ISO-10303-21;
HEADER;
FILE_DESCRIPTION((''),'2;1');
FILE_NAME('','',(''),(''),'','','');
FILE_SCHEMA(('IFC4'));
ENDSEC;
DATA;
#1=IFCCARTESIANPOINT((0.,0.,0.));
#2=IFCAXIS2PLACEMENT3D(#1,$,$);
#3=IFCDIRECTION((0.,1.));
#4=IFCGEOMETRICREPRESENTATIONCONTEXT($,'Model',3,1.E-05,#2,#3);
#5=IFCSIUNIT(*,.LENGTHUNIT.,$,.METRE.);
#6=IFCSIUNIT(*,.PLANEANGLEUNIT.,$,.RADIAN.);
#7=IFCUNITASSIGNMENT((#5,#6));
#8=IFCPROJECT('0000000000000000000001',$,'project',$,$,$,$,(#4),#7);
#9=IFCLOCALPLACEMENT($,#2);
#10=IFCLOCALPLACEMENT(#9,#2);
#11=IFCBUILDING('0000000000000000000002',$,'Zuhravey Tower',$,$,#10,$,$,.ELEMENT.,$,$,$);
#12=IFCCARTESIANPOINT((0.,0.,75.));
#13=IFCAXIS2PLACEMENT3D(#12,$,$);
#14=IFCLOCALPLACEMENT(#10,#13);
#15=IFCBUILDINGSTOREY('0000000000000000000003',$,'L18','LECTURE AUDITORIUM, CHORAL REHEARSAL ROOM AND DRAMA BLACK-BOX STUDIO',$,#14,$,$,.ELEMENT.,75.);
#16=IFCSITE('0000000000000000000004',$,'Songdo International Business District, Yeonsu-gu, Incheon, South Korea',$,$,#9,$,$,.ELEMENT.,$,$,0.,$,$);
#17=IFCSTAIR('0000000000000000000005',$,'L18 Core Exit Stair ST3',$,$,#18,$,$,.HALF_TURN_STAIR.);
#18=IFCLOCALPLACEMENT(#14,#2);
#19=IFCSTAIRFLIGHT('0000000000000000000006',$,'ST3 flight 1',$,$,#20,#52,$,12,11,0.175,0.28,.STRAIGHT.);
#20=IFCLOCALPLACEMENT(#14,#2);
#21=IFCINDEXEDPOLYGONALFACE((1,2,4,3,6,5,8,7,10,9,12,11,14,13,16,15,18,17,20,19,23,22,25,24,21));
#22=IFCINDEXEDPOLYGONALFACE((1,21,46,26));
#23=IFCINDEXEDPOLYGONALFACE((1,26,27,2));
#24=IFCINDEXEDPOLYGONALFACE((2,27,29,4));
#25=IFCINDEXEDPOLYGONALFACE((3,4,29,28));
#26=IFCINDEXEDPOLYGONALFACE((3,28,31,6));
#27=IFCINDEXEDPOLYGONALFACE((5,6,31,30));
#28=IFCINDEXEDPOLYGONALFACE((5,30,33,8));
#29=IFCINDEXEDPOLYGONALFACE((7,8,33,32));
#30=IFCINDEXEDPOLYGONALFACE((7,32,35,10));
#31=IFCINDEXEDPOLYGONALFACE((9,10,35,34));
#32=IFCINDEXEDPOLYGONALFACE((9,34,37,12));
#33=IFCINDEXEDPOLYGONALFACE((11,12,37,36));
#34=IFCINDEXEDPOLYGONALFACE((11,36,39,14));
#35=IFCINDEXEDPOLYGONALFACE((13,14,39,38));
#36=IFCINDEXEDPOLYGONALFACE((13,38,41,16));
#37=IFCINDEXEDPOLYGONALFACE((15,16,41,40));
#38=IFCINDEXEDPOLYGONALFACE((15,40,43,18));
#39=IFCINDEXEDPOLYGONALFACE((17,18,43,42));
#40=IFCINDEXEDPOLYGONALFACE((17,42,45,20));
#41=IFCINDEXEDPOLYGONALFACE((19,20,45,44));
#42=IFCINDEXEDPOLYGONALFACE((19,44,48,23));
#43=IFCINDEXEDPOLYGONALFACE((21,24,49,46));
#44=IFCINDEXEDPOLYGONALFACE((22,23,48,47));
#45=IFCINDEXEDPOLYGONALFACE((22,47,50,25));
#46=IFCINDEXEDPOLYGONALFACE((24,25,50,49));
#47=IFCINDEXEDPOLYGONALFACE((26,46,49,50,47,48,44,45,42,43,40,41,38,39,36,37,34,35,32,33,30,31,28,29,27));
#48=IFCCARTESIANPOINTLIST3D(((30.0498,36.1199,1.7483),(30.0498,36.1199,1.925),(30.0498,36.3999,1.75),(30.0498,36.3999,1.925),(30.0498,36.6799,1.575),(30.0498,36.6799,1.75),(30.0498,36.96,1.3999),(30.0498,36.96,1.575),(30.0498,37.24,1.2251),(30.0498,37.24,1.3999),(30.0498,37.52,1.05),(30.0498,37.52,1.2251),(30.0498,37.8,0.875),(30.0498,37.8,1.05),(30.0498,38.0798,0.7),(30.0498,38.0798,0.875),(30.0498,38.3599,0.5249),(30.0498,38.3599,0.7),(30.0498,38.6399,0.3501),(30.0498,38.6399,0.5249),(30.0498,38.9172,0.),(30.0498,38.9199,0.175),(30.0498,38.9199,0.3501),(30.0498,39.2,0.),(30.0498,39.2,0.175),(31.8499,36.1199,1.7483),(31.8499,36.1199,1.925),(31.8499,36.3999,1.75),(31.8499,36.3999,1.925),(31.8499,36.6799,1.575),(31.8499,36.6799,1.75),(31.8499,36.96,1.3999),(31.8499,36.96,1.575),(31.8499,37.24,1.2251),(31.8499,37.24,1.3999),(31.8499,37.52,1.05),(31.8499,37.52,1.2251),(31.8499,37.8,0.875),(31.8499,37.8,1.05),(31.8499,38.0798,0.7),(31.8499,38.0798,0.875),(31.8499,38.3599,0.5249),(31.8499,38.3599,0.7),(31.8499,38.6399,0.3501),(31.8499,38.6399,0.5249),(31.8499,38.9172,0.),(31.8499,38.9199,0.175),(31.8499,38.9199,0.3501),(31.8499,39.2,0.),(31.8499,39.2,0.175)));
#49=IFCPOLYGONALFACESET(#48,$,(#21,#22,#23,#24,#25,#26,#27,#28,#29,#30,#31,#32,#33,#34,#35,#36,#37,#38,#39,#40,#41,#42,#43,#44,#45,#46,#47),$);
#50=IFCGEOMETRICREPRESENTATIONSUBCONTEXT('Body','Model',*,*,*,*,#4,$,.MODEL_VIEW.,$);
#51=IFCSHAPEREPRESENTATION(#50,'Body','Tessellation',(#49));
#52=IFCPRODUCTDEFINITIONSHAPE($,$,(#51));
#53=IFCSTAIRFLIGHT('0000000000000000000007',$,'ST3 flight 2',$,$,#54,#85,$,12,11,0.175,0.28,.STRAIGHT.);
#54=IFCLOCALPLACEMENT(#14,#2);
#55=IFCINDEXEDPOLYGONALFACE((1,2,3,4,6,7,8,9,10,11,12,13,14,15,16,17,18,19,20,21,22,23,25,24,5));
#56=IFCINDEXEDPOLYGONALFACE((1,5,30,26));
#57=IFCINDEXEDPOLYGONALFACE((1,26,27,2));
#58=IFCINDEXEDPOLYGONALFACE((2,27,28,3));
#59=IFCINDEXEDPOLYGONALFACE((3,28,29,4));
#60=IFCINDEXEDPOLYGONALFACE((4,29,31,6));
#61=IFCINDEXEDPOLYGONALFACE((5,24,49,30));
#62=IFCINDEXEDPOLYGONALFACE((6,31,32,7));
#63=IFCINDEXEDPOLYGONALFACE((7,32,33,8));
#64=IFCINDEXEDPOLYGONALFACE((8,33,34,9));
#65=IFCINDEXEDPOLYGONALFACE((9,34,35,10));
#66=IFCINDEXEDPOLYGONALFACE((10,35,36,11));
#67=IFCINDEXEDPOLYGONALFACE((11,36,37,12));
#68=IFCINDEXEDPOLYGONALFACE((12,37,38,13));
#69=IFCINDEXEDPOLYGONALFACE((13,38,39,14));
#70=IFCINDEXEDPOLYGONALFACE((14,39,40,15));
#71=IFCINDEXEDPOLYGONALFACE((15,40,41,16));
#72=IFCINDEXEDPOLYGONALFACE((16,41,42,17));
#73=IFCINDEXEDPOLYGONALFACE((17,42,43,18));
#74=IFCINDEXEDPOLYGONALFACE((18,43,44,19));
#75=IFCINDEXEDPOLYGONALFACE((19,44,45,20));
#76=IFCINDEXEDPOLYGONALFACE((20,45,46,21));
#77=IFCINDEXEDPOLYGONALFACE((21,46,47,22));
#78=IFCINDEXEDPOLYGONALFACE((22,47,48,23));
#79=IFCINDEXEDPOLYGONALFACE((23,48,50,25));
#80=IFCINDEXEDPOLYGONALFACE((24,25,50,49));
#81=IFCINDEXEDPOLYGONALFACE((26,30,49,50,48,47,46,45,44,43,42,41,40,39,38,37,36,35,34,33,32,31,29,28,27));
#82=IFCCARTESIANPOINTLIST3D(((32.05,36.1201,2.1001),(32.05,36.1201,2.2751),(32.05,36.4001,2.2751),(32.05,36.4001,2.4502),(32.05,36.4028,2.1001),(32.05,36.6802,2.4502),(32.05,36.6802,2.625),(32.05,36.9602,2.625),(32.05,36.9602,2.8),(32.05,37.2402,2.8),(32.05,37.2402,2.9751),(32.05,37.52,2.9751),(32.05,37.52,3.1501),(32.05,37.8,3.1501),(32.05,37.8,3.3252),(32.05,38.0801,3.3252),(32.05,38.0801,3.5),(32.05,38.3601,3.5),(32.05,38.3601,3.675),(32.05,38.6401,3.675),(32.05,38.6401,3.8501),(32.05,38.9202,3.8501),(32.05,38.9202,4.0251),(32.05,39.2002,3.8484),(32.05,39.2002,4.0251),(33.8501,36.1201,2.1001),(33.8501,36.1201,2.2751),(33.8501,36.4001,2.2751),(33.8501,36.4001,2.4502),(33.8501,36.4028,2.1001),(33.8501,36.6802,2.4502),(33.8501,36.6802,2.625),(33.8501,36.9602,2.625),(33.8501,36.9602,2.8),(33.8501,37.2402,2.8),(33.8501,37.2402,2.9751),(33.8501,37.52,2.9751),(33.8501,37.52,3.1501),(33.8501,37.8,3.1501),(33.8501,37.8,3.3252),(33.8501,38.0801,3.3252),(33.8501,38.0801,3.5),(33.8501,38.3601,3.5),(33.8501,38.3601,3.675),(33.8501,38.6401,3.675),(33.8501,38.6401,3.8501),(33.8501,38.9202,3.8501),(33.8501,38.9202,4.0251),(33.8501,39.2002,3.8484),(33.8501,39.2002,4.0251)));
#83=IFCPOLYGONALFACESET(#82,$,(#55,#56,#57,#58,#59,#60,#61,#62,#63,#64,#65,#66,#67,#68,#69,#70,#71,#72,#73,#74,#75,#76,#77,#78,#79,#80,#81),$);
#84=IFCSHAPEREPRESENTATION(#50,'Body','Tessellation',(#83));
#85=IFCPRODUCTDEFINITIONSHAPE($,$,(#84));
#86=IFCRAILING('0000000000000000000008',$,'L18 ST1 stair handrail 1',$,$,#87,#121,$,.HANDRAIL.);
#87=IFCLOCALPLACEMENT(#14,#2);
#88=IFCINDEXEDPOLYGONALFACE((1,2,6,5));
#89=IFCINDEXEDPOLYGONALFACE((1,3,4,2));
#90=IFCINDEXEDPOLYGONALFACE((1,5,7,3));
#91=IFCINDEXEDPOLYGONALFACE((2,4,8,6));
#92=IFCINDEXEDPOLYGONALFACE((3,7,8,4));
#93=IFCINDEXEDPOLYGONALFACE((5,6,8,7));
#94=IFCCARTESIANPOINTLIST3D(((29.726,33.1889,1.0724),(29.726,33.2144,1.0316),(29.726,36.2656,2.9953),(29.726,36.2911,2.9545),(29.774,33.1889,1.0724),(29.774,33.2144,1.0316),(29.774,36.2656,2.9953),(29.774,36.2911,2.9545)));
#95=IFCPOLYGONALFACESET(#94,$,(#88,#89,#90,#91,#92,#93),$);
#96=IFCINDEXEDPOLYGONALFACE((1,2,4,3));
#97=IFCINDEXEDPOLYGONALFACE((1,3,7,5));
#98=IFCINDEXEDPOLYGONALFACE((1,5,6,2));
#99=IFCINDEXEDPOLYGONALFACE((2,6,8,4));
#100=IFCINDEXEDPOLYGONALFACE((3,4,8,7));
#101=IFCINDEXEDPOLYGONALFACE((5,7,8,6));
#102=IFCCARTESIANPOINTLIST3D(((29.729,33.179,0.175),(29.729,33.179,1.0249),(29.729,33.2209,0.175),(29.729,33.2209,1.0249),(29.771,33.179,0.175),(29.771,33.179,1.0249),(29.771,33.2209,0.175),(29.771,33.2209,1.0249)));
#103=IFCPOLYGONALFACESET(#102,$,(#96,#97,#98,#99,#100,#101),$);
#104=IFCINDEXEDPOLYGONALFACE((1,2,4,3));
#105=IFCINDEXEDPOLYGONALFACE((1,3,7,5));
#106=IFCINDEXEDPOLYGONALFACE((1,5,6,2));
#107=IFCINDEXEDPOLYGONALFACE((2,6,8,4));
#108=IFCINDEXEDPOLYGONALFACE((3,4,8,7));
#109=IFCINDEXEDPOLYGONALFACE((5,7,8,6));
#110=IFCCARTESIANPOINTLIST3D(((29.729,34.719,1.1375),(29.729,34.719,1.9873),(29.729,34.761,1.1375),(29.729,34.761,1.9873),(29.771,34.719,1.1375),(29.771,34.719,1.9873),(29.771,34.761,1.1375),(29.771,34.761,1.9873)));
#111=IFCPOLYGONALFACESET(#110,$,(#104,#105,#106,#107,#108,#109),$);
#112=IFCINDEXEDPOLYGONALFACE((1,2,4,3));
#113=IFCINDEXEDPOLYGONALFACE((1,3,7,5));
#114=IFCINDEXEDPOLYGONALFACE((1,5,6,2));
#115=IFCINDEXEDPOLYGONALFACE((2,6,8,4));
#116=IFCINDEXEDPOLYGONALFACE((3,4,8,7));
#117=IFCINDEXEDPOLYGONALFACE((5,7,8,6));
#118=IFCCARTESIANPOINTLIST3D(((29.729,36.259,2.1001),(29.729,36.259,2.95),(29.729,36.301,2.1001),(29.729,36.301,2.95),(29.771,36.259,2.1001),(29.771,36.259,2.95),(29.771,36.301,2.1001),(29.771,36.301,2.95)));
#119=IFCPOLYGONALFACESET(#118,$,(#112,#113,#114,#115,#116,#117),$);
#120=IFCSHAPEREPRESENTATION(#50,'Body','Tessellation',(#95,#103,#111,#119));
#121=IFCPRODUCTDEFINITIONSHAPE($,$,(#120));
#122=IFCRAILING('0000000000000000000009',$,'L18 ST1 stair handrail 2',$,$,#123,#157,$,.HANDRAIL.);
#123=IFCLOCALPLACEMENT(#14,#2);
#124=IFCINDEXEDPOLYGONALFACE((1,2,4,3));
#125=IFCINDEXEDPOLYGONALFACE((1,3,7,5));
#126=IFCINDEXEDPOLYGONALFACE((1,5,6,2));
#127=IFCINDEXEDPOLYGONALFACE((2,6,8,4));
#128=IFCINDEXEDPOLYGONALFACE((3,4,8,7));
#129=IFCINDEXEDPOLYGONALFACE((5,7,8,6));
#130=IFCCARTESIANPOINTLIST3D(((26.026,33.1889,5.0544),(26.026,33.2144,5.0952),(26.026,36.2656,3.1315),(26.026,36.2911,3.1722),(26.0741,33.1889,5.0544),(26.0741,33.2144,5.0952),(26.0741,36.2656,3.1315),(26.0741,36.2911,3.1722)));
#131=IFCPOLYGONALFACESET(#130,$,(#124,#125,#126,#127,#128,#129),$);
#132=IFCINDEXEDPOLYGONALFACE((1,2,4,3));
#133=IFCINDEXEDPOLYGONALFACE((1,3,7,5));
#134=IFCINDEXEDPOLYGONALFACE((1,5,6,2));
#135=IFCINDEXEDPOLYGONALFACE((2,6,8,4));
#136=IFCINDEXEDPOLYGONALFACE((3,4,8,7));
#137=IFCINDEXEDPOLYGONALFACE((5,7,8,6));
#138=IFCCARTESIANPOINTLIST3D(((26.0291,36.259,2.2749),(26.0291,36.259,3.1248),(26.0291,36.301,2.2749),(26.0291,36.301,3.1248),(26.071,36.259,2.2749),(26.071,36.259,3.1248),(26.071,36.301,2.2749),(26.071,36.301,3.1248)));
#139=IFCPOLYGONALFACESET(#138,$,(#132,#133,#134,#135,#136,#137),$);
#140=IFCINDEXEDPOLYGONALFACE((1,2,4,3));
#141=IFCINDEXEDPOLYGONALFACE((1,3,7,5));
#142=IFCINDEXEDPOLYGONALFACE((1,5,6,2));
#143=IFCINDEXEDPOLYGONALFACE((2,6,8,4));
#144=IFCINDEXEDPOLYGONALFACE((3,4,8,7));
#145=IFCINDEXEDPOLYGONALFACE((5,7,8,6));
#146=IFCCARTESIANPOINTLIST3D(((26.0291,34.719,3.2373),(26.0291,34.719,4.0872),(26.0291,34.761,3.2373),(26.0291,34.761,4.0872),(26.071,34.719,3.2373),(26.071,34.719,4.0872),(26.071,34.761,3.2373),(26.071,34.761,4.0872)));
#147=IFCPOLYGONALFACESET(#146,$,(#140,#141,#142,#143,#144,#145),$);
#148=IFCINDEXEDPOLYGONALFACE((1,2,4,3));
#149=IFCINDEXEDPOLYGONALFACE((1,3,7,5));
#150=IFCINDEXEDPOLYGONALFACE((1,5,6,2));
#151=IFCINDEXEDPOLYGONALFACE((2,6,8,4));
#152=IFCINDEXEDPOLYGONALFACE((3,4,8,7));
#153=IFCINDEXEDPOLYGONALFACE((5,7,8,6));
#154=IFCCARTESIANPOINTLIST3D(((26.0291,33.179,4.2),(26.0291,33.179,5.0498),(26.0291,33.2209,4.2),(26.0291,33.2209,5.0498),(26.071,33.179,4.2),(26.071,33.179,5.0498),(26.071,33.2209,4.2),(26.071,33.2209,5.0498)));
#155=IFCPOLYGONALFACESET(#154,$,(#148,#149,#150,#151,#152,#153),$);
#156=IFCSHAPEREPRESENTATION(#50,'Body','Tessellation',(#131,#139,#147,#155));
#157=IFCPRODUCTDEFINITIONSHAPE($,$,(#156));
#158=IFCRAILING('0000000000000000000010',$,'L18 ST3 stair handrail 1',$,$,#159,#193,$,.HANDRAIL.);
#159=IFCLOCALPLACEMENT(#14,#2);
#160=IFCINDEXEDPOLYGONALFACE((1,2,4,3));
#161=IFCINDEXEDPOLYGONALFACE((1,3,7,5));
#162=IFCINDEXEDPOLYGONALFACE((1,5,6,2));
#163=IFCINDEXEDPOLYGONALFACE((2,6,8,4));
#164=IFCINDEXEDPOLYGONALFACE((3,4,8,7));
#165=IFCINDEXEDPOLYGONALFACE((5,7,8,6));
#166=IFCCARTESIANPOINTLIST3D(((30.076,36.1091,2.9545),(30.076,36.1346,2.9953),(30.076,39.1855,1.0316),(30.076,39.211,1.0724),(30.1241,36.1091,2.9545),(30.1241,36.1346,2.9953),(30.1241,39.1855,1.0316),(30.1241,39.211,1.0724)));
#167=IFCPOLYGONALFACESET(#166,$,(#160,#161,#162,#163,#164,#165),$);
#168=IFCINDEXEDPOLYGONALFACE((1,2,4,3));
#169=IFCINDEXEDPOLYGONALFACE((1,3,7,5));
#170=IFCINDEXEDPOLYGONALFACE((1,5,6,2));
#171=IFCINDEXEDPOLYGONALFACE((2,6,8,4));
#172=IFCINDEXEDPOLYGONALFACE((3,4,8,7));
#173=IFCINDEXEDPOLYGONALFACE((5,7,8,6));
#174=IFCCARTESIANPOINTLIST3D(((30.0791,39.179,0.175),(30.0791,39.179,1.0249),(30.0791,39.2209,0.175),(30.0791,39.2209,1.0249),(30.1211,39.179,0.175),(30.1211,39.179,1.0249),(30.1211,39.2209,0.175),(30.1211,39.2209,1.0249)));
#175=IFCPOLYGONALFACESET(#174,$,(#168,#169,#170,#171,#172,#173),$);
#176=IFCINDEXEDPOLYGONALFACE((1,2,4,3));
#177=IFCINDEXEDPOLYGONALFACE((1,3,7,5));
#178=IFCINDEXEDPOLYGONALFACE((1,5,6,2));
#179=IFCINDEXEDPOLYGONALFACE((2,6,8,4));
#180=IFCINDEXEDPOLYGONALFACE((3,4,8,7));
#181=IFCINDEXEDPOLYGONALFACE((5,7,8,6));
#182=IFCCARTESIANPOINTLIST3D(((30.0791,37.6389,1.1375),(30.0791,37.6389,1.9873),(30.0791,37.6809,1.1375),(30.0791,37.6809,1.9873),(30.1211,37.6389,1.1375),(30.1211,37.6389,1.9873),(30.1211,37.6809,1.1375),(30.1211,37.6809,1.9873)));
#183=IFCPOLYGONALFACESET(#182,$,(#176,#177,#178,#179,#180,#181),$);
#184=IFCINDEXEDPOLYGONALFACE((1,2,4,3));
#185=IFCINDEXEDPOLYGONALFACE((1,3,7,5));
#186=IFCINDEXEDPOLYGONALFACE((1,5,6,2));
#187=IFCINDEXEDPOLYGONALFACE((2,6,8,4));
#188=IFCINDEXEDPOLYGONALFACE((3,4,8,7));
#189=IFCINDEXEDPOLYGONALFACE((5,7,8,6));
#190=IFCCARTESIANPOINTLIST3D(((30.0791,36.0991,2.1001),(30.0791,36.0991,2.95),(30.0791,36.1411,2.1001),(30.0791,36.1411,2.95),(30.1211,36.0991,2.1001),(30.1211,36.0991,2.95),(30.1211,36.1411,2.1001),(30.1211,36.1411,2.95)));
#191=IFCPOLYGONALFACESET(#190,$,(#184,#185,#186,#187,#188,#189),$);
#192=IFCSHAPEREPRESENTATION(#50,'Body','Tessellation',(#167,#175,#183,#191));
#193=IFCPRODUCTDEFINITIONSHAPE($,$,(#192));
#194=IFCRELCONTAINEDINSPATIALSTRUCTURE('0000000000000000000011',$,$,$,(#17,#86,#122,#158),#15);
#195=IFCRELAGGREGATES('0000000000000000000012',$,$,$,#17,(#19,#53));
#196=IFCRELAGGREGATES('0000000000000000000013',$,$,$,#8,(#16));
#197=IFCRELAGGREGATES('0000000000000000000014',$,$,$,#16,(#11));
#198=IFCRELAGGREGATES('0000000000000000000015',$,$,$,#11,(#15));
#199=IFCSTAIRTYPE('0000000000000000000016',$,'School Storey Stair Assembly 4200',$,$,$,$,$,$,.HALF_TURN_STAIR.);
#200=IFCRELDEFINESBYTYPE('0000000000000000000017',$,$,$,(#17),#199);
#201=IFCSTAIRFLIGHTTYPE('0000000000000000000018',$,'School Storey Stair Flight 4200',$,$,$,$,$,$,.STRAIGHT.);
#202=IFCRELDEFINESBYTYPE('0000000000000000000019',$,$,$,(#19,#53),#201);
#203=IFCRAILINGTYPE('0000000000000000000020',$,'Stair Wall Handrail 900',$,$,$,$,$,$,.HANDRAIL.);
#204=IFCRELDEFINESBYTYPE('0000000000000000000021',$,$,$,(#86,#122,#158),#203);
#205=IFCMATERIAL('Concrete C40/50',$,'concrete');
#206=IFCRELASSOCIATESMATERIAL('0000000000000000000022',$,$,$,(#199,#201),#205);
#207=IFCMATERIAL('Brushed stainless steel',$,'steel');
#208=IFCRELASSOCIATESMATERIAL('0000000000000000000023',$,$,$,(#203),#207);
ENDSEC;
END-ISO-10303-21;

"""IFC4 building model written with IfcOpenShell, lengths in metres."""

from ifc_helpers import new_model, si_unit, direction, frame, origin, origin_2d, place, context, subcontext, project, spatial, polyline, rectangle, outline, extrude, material, type_object, element, aggregate, save


model = new_model("IFC4")

# Units and contexts
model_context = context("Model", 3, precision=1e-05, world=origin(), true_north=direction((0.0, 1.0)))
body_context = subcontext(model_context, "Body", "Model", "MODEL_VIEW")
ifc_project = project(units=[si_unit("LENGTHUNIT", "METRE"), si_unit("PLANEANGLEUNIT", "RADIAN")], contexts=[model_context])

# Site, building, storey
site_placement = place(None, origin())
site = spatial("IfcSite", under=ifc_project, at=site_placement, Name="Songdo International Business District, Yeonsu-gu, Incheon, South Korea", CompositionType="ELEMENT", RefElevation=0.0)
building_placement = place(site_placement, origin())
building = spatial("IfcBuilding", under=site, at=building_placement, Name="Zuhravey Tower", CompositionType="ELEMENT")
storey_placement = place(building_placement, frame((0.0, 0.0, 75.0)))
storey = spatial("IfcBuildingStorey", under=building, at=storey_placement, Name="L18", Description="LECTURE AUDITORIUM, CHORAL REHEARSAL ROOM AND DRAMA BLACK-BOX STUDIO", CompositionType="ELEMENT", Elevation=75.0)

# Stair, stair flights
ifc_material_1 = material(Name="Concrete C40/50", Category="concrete")
stair_type = type_object("IfcStairType", Name="School Storey Stair Assembly 4200", PredefinedType="HALF_TURN_STAIR", material=ifc_material_1)
stair_flight_type = type_object("IfcStairFlightType", Name="School Storey Stair Flight 4200", PredefinedType="STRAIGHT", material=ifc_material_1)
stair_1_placement = place(storey_placement, origin())
stair_1 = element("IfcStair", 1, at=stair_1_placement, inside=storey, type_object=stair_type, Name="L18 Core Exit Stair ST3", PredefinedType="HALF_TURN_STAIR")
stair_flight_1_placement = place(storey_placement, frame((30.95, 39.2, 0.0), z_axis=(0.0, 0.0, 1.0), x_axis=(0.0, -1.0, 0.0)))
stair_flight_1 = element("IfcStairFlight", 2, at=stair_flight_1_placement, type_object=stair_flight_type, Name="ST3 flight 1", NumberOfRisers=12, NumberOfTreads=11, PredefinedType="STRAIGHT", RiserHeight=0.175, TreadLength=0.28, context=body_context, shape_type="SweptSolid", body=[
    extrude(outline(polyline([(0.0, 0.0), (0.0, 0.175), (0.28, 0.175), (0.28, 0.3501), (0.5601, 0.3501), (0.5601, 0.5249), (0.8401, 0.5249), (0.8401, 0.7), (1.1201, 0.7), (1.1201, 0.875), (1.3999, 0.875), (1.3999, 1.05), (1.6799, 1.05), (1.6799, 1.2251), (1.96, 1.2251), (1.96, 1.3999), (2.24, 1.3999), (2.24, 1.575), (2.52, 1.575), (2.52, 1.75), (2.8, 1.75), (2.8, 1.925), (3.0801, 1.925), (3.0801, 2.1001), (3.0801, 1.7483), (0.2827, 0.0), (0.0, 0.0)])), frame((0.0, 0.8999, 0.0), z_axis=(0.0, -1.0, 0.0), x_axis=(1.0, 0.0, 0.0)), (0.0, 0.0, 1.0), 1.8),
])
stair_flight_2_placement = place(storey_placement, frame((32.95, 36.1201, 2.1001), z_axis=(0.0, 0.0, 1.0), x_axis=(0.0, 1.0, 0.0)))
stair_flight_2 = element("IfcStairFlight", 3, at=stair_flight_2_placement, type_object=stair_flight_type, Name="ST3 flight 2", NumberOfRisers=12, NumberOfTreads=11, PredefinedType="STRAIGHT", RiserHeight=0.175, TreadLength=0.28, context=body_context, shape_type="SweptSolid", body=[
    extrude(outline(polyline([(0.0, 0.0), (0.0, 0.175), (0.28, 0.175), (0.28, 0.3501), (0.5601, 0.3501), (0.5601, 0.5249), (0.8401, 0.5249), (0.8401, 0.7), (1.1201, 0.7), (1.1201, 0.875), (1.3999, 0.875), (1.3999, 1.05), (1.6799, 1.05), (1.6799, 1.2251), (1.96, 1.2251), (1.96, 1.3999), (2.24, 1.3999), (2.24, 1.575), (2.52, 1.575), (2.52, 1.75), (2.8, 1.75), (2.8, 1.925), (3.0801, 1.925), (3.0801, 2.1001), (3.0801, 1.7483), (0.2827, 0.0), (0.0, 0.0)])), frame((0.0, 0.8999, 0.0), z_axis=(0.0, -1.0, 0.0), x_axis=(1.0, 0.0, 0.0)), (0.0, 0.0, 1.0), 1.8),
])
aggregate(stair_1, [stair_flight_1, stair_flight_2])

# Railings
ifc_material_2 = material(Name="Brushed stainless steel", Category="steel")
railing_type_1 = type_object("IfcRailingType", Name="Stair Wall Handrail 900", PredefinedType="HANDRAIL", material=ifc_material_2)
railing_1_placement = place(storey_placement, frame((29.75, 33.2, 0.175)))
element("IfcRailing", 4, at=railing_1_placement, inside=storey, type_object=railing_type_1, Name="L18 ST1 stair handrail 1", PredefinedType="HANDRAIL", context=body_context, shape_type="SweptSolid", body=[
    extrude(rectangle(XDim=0.0481, YDim=0.0481, at=origin_2d()), frame((0.0, 0.0017, 0.877), z_axis=(0.0, 0.847998, 0.529999), x_axis=(-1.0, 0.0, 0.0)), (0.0, 0.0, 1.0), 3.6282),
    extrude(rectangle(XDim=0.042, YDim=0.042, at=origin_2d()), origin(), (0.0, 0.0, 1.0), 0.8499),
    extrude(rectangle(XDim=0.042, YDim=0.042, at=origin_2d()), frame((0.0, 1.54, 0.9624)), (0.0, 0.0, 1.0), 0.8499),
    extrude(rectangle(XDim=0.042, YDim=0.042, at=origin_2d()), frame((0.0, 3.0801, 1.925)), (0.0, 0.0, 1.0), 0.8499),
])
railing_2_placement = place(storey_placement, frame((26.05, 36.28, 2.2749)))
element("IfcRailing", 5, at=railing_2_placement, inside=storey, type_object=railing_type_1, Name="L18 ST1 stair handrail 2", PredefinedType="HANDRAIL", context=body_context, shape_type="SweptSolid", body=[
    extrude(rectangle(XDim=0.0481, YDim=0.0481, at=origin_2d()), frame((0.0, -0.0017, 0.877), z_axis=(0.0, -0.847998, 0.529999), x_axis=(1.0, 0.0, 0.0)), (0.0, 0.0, 1.0), 3.6282),
    extrude(rectangle(XDim=0.042, YDim=0.042, at=origin_2d()), origin(), (0.0, 0.0, 1.0), 0.8499),
    extrude(rectangle(XDim=0.042, YDim=0.042, at=origin_2d()), frame((0.0, -1.54, 0.9624)), (0.0, 0.0, 1.0), 0.8499),
    extrude(rectangle(XDim=0.042, YDim=0.042, at=origin_2d()), frame((0.0, -3.0801, 1.925)), (0.0, 0.0, 1.0), 0.8499),
])
railing_3_placement = place(storey_placement, frame((30.1001, 39.2, 0.175)))
element("IfcRailing", 6, at=railing_3_placement, inside=storey, type_object=railing_type_1, Name="L18 ST3 stair handrail 1", PredefinedType="HANDRAIL", context=body_context, shape_type="SweptSolid", body=[
    extrude(rectangle(XDim=0.0481, YDim=0.0481, at=origin_2d()), frame((0.0, -0.0017, 0.877), z_axis=(0.0, -0.847979, 0.530029), x_axis=(1.0, 0.0, 0.0)), (0.0, 0.0, 1.0), 3.6279),
    extrude(rectangle(XDim=0.042, YDim=0.042, at=origin_2d()), origin(), (0.0, 0.0, 1.0), 0.8499),
    extrude(rectangle(XDim=0.042, YDim=0.042, at=origin_2d()), frame((0.0, -1.54, 0.9624)), (0.0, 0.0, 1.0), 0.8499),
    extrude(rectangle(XDim=0.042, YDim=0.042, at=origin_2d()), frame((0.0, -3.0798, 1.925)), (0.0, 0.0, 1.0), 0.8499),
])

save(model, "model.ifc")
